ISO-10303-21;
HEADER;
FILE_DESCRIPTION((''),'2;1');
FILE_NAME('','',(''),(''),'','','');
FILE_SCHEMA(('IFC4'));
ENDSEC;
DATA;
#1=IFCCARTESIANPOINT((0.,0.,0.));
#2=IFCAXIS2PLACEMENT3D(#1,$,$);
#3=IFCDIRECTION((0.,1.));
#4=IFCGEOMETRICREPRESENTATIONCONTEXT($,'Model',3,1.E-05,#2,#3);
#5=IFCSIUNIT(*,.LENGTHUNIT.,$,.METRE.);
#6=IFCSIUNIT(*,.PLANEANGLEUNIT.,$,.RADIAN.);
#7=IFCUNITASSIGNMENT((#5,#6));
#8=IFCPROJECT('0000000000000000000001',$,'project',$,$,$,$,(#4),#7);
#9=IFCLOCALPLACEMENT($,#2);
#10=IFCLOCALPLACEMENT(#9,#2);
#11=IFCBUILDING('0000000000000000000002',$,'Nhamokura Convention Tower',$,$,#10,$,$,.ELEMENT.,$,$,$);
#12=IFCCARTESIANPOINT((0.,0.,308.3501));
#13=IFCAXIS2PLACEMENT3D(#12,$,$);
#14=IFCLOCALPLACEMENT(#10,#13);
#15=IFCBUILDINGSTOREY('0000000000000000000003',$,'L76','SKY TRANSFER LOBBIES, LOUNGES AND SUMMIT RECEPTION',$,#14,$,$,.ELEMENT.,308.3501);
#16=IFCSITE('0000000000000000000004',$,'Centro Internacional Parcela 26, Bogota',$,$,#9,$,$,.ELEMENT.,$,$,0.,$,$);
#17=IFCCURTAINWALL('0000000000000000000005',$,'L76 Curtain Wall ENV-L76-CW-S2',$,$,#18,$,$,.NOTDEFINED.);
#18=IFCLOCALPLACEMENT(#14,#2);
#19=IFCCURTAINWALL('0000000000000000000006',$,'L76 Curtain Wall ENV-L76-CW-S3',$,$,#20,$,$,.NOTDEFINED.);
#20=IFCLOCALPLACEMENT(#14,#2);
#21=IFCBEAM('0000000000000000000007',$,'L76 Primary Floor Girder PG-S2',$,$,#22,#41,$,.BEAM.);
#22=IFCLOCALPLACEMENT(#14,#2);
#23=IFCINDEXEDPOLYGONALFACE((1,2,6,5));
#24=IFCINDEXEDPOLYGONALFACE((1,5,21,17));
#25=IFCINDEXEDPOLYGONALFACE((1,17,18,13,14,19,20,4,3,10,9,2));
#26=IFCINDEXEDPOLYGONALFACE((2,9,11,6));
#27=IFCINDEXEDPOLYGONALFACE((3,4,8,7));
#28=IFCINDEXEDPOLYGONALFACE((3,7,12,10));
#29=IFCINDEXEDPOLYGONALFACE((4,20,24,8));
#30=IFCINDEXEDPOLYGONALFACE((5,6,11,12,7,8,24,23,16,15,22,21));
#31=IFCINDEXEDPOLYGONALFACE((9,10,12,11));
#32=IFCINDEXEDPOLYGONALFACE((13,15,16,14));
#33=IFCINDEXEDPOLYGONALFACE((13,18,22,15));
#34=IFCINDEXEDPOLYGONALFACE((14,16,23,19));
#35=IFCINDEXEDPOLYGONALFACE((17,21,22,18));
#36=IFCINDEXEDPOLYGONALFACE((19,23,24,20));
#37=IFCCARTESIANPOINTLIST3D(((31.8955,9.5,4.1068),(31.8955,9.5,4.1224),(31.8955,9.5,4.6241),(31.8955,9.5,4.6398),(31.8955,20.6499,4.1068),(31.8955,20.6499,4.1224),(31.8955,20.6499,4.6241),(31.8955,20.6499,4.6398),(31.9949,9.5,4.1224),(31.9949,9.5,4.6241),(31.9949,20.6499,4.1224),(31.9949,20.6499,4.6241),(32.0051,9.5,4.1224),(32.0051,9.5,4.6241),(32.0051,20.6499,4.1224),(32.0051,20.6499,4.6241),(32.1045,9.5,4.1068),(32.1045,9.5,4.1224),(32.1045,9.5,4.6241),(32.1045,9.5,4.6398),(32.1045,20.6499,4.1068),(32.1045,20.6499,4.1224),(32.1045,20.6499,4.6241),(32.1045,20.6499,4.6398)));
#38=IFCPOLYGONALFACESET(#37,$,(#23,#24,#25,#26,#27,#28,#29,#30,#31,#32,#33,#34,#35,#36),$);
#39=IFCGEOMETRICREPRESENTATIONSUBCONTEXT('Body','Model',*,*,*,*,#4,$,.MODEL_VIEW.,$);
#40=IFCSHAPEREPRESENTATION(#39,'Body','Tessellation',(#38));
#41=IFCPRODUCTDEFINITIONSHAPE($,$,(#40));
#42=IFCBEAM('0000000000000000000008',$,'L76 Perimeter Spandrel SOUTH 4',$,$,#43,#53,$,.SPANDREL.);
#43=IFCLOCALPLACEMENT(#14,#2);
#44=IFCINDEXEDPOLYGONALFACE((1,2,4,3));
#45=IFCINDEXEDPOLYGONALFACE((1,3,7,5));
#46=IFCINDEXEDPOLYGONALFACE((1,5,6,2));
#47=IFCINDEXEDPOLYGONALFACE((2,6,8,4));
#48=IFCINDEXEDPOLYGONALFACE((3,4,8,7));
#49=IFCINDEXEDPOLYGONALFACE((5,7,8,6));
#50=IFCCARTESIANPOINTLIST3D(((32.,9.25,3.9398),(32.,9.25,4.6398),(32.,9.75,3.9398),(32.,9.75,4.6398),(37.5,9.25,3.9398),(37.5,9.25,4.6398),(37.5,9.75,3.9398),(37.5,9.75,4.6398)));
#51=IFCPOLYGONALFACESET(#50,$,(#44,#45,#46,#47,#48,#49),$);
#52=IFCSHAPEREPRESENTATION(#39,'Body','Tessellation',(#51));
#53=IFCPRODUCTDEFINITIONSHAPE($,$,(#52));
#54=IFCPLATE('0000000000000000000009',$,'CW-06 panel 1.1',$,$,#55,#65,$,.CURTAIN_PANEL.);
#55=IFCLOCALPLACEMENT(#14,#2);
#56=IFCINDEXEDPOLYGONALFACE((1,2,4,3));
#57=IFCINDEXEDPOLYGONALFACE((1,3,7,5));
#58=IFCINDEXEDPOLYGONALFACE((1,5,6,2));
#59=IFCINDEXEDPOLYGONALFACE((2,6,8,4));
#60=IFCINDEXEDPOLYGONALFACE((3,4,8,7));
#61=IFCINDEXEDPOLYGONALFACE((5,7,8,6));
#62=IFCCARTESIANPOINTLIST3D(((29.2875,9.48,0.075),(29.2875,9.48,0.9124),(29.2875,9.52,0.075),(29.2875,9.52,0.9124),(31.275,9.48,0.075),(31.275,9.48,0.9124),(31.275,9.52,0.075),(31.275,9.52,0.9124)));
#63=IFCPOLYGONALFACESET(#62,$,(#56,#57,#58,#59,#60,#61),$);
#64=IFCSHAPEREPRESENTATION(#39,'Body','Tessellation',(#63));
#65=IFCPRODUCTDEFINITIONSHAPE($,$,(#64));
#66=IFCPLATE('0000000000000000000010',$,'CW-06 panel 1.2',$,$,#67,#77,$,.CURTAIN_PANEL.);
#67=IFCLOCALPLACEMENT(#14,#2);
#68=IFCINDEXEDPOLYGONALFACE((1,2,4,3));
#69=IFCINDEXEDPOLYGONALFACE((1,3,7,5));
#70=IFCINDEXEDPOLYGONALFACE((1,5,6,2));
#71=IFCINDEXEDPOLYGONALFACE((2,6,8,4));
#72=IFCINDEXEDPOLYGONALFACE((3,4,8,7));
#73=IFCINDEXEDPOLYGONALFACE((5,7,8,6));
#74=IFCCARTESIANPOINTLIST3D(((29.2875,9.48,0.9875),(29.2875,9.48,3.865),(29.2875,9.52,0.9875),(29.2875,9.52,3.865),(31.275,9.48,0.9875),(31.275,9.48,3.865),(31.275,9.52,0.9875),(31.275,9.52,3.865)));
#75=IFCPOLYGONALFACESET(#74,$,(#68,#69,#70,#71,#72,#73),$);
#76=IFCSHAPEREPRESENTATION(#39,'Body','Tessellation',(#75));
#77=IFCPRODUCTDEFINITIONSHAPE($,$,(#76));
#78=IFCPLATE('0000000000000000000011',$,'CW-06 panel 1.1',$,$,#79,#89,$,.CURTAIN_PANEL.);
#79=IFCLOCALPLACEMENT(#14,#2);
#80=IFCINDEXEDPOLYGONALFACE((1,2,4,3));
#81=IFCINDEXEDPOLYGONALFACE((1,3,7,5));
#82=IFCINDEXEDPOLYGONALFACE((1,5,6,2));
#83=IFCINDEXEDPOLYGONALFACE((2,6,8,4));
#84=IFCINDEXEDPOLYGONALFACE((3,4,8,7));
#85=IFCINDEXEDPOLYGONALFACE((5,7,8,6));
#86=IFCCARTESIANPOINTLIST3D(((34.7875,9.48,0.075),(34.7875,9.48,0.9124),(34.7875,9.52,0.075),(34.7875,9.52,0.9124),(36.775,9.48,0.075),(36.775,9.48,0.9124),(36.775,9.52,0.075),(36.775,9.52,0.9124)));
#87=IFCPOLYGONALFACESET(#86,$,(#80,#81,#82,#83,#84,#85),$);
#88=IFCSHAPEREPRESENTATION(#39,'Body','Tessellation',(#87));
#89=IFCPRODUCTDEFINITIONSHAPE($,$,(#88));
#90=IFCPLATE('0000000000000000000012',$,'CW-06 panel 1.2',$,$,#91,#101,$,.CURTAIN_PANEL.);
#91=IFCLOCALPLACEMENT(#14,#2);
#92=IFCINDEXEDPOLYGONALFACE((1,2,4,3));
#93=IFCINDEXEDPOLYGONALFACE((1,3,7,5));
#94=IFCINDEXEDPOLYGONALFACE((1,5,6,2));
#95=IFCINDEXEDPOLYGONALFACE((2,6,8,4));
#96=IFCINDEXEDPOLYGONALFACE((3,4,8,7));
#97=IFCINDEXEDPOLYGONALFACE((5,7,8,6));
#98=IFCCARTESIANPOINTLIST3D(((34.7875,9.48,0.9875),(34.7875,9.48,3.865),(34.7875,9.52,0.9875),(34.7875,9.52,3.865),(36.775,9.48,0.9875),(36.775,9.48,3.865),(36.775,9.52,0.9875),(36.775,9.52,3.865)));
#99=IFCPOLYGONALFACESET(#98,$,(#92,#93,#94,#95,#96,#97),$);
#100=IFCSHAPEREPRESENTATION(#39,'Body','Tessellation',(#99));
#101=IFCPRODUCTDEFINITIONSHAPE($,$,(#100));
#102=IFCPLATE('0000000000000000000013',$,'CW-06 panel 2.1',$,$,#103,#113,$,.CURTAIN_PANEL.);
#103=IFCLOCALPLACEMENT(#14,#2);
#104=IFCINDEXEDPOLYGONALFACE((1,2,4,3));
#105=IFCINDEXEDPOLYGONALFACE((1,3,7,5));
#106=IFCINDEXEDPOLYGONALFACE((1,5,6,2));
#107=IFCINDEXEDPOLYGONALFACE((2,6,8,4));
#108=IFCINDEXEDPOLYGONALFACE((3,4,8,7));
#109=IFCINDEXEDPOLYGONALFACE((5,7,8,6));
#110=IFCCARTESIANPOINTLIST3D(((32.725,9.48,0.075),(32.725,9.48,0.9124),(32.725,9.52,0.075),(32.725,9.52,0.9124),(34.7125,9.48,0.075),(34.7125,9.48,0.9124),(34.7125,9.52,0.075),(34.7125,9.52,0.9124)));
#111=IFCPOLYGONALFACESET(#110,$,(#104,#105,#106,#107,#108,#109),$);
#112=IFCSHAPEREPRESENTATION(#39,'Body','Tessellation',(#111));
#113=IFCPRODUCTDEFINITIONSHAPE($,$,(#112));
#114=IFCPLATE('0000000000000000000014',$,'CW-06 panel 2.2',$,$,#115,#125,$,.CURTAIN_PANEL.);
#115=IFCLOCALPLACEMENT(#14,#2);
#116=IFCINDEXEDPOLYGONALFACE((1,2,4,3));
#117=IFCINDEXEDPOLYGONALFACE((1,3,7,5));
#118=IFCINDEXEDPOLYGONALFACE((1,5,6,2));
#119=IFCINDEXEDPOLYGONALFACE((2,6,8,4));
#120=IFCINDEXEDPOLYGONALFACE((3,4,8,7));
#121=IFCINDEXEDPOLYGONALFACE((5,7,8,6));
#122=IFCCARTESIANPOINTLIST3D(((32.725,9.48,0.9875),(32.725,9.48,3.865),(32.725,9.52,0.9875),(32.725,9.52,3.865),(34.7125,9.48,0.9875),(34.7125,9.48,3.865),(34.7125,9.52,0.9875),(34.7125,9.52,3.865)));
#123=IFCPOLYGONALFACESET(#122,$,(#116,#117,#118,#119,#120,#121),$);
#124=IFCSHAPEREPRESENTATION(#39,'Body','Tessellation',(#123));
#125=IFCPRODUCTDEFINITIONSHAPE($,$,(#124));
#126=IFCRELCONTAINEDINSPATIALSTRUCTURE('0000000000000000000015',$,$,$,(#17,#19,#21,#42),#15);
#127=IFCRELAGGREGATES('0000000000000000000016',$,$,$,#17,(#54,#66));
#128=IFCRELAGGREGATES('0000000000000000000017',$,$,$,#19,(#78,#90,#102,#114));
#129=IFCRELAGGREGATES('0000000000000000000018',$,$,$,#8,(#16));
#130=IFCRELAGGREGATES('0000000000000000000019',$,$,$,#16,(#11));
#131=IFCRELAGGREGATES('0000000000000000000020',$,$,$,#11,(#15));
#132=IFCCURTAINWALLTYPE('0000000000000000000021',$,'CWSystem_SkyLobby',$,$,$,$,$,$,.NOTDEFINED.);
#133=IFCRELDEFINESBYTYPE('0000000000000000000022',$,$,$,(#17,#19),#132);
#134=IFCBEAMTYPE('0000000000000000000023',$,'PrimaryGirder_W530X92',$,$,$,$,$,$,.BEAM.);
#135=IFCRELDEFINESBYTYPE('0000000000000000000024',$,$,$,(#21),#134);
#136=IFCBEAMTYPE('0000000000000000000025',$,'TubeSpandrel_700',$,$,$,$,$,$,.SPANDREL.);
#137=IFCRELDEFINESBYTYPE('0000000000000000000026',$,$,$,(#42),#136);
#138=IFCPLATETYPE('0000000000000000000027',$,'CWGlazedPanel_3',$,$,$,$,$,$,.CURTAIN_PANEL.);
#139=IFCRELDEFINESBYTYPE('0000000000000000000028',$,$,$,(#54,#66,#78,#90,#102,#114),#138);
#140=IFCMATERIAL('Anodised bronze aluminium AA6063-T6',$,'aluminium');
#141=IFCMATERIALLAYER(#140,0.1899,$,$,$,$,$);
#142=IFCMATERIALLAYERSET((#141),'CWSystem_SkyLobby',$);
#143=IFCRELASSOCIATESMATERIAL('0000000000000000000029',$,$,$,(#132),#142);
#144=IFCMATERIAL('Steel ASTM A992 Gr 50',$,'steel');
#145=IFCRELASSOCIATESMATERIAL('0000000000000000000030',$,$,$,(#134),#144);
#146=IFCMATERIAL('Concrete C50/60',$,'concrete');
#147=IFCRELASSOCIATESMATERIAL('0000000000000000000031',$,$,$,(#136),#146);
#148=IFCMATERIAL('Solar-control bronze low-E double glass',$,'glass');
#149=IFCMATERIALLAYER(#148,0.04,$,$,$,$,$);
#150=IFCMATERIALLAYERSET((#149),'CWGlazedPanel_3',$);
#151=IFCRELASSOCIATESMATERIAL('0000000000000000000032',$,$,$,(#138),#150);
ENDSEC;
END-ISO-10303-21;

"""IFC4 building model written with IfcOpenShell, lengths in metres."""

from ifc_helpers import new_model, si_unit, direction, frame, origin, origin_2d, place, context, subcontext, project, spatial, rectangle, i_section, extrude, material, layer, layer_set, material_profile, profile_set, type_object, element, aggregate, save


model = new_model("IFC4")

# Units and contexts
model_context = context("Model", 3, precision=1e-05, world=origin(), true_north=direction((0.0, 1.0)))
body_context = subcontext(model_context, "Body", "Model", "MODEL_VIEW")
ifc_project = project(units=[si_unit("LENGTHUNIT", "METRE"), si_unit("PLANEANGLEUNIT", "RADIAN")], contexts=[model_context])

# Site, building, storey
site_placement = place(None, origin())
site = spatial("IfcSite", under=ifc_project, at=site_placement, Name="Centro Internacional Parcela 26, Bogota", CompositionType="ELEMENT", RefElevation=0.0)
building_placement = place(site_placement, origin())
building = spatial("IfcBuilding", under=site, at=building_placement, Name="Nhamokura Convention Tower", CompositionType="ELEMENT")
storey_placement = place(building_placement, frame((0.0, 0.0, 308.3501)))
storey = spatial("IfcBuildingStorey", under=building, at=storey_placement, Name="L76", Description="SKY TRANSFER LOBBIES, LOUNGES AND SUMMIT RECEPTION", CompositionType="ELEMENT", Elevation=308.3501)

# Curtain wall
ifc_material_1 = material(Name="Anodised bronze aluminium AA6063-T6", Category="aluminium")
ifc_layer_1 = layer(ifc_material_1, 0.1899)
ifc_layer_set_1 = layer_set([ifc_layer_1], Name="CWSystem_SkyLobby")
curtain_wall_type = type_object("IfcCurtainWallType", Name="CWSystem_SkyLobby", PredefinedType="NOTDEFINED", material=ifc_layer_set_1)
curtain_wall_1_placement = place(storey_placement, origin())
curtain_wall_1 = element("IfcCurtainWall", 1, at=curtain_wall_1_placement, inside=storey, type_object=curtain_wall_type, Name="L76 Curtain Wall ENV-L76-CW-S2", PredefinedType="NOTDEFINED")

# Curtain wall
curtain_wall_2_placement = place(storey_placement, origin())
curtain_wall_2 = element("IfcCurtainWall", 2, at=curtain_wall_2_placement, inside=storey, type_object=curtain_wall_type, Name="L76 Curtain Wall ENV-L76-CW-S3", PredefinedType="NOTDEFINED")

# Beams
ifc_material_2 = material(Name="Steel ASTM A992 Gr 50", Category="steel")
ifc_material_profile_1 = material_profile(ifc_material_2, i_section(OverallWidth=0.209, OverallDepth=0.533, WebThickness=0.0103, FlangeThickness=0.0156, at=origin_2d()))
ifc_profile_set_1 = profile_set([ifc_material_profile_1], Name="Steel ASTM A992 Gr 50")
beam_type_1 = type_object("IfcBeamType", Name="PrimaryGirder_W530X92", PredefinedType="BEAM", material=ifc_profile_set_1)
beam_1_placement = place(storey_placement, frame((32.0, 9.5, 4.3733), z_axis=(0.0, 1.0, 0.0), x_axis=(-1.0, 0.0, 0.0)))
element("IfcBeam", 3, at=beam_1_placement, inside=storey, type_object=beam_type_1, Name="L76 Primary Floor Girder PG-S2", PredefinedType="BEAM", context=body_context, shape_type="SweptSolid", body=[
    extrude(i_section(OverallWidth=0.209, OverallDepth=0.533, WebThickness=0.0103, FlangeThickness=0.0156, at=origin_2d()), origin(), (0.0, 0.0, 1.0), 11.1499),
])
ifc_material_3 = material(Name="Concrete C50/60", Category="concrete")
ifc_material_profile_2 = material_profile(ifc_material_3, rectangle(XDim=0.5, YDim=0.7, at=origin_2d()))
ifc_profile_set_2 = profile_set([ifc_material_profile_2], Name="Concrete C50/60")
beam_type_2 = type_object("IfcBeamType", Name="TubeSpandrel_700", PredefinedType="SPANDREL", material=ifc_profile_set_2)
beam_2_placement = place(storey_placement, frame((32.0, 9.5, 4.2898), z_axis=(1.0, 0.0, 0.0), x_axis=(0.0, 1.0, 0.0)))
element("IfcBeam", 4, at=beam_2_placement, inside=storey, type_object=beam_type_2, Name="L76 Perimeter Spandrel SOUTH 4", PredefinedType="SPANDREL", context=body_context, shape_type="SweptSolid", body=[
    extrude(rectangle(XDim=0.5, YDim=0.7, at=origin_2d()), origin(), (0.0, 0.0, 1.0), 5.5),
])

# Plates
ifc_material_4 = material(Name="Solar-control bronze low-E double glass", Category="glass")
ifc_layer_2 = layer(ifc_material_4, 0.04)
ifc_layer_set_2 = layer_set([ifc_layer_2], Name="CWGlazedPanel_3")
plate_type = type_object("IfcPlateType", Name="CWGlazedPanel_3", PredefinedType="CURTAIN_PANEL", material=ifc_layer_set_2)
plate_1_placement = place(storey_placement, frame((30.2812, 9.5, 0.075), z_axis=(0.0, 0.0, 1.0), x_axis=(-1.0, 0.0, 0.0)))
plate_1 = element("IfcPlate", 5, at=plate_1_placement, type_object=plate_type, Name="CW-06 panel 1.1", PredefinedType="CURTAIN_PANEL", context=body_context, shape_type="SweptSolid", body=[
    extrude(rectangle(XDim=1.9875, YDim=0.04, at=origin_2d()), origin(), (0.0, 0.0, 1.0), 0.8374),
])
plate_2_placement = place(storey_placement, frame((30.2812, 9.5, 0.9875), z_axis=(0.0, 0.0, 1.0), x_axis=(-1.0, 0.0, 0.0)))
plate_2 = element("IfcPlate", 6, at=plate_2_placement, type_object=plate_type, Name="CW-06 panel 1.2", PredefinedType="CURTAIN_PANEL", context=body_context, shape_type="SweptSolid", body=[
    extrude(rectangle(XDim=1.9875, YDim=0.04, at=origin_2d()), origin(), (0.0, 0.0, 1.0), 2.8774),
])
aggregate(curtain_wall_1, [plate_1, plate_2])
plate_3_placement = place(storey_placement, frame((35.7812, 9.5, 0.075), z_axis=(0.0, 0.0, 1.0), x_axis=(-1.0, 0.0, 0.0)))
plate_3 = element("IfcPlate", 7, at=plate_3_placement, type_object=plate_type, Name="CW-06 panel 1.1", PredefinedType="CURTAIN_PANEL", context=body_context, shape_type="SweptSolid", body=[
    extrude(rectangle(XDim=1.9875, YDim=0.04, at=origin_2d()), origin(), (0.0, 0.0, 1.0), 0.8374),
])
plate_4_placement = place(storey_placement, frame((35.7812, 9.5, 0.9875), z_axis=(0.0, 0.0, 1.0), x_axis=(-1.0, 0.0, 0.0)))
plate_4 = element("IfcPlate", 8, at=plate_4_placement, type_object=plate_type, Name="CW-06 panel 1.2", PredefinedType="CURTAIN_PANEL", context=body_context, shape_type="SweptSolid", body=[
    extrude(rectangle(XDim=1.9875, YDim=0.04, at=origin_2d()), origin(), (0.0, 0.0, 1.0), 2.8774),
])
plate_5_placement = place(storey_placement, frame((33.7188, 9.5, 0.075), z_axis=(0.0, 0.0, 1.0), x_axis=(-1.0, 0.0, 0.0)))
plate_5 = element("IfcPlate", 9, at=plate_5_placement, type_object=plate_type, Name="CW-06 panel 2.1", PredefinedType="CURTAIN_PANEL", context=body_context, shape_type="SweptSolid", body=[
    extrude(rectangle(XDim=1.9875, YDim=0.04, at=origin_2d()), origin(), (0.0, 0.0, 1.0), 0.8374),
])
plate_6_placement = place(storey_placement, frame((33.7188, 9.5, 0.9875), z_axis=(0.0, 0.0, 1.0), x_axis=(-1.0, 0.0, 0.0)))
plate_6 = element("IfcPlate", 10, at=plate_6_placement, type_object=plate_type, Name="CW-06 panel 2.2", PredefinedType="CURTAIN_PANEL", context=body_context, shape_type="SweptSolid", body=[
    extrude(rectangle(XDim=1.9875, YDim=0.04, at=origin_2d()), origin(), (0.0, 0.0, 1.0), 2.8774),
])
aggregate(curtain_wall_2, [plate_3, plate_4, plate_5, plate_6])

save(model, "model.ifc")
